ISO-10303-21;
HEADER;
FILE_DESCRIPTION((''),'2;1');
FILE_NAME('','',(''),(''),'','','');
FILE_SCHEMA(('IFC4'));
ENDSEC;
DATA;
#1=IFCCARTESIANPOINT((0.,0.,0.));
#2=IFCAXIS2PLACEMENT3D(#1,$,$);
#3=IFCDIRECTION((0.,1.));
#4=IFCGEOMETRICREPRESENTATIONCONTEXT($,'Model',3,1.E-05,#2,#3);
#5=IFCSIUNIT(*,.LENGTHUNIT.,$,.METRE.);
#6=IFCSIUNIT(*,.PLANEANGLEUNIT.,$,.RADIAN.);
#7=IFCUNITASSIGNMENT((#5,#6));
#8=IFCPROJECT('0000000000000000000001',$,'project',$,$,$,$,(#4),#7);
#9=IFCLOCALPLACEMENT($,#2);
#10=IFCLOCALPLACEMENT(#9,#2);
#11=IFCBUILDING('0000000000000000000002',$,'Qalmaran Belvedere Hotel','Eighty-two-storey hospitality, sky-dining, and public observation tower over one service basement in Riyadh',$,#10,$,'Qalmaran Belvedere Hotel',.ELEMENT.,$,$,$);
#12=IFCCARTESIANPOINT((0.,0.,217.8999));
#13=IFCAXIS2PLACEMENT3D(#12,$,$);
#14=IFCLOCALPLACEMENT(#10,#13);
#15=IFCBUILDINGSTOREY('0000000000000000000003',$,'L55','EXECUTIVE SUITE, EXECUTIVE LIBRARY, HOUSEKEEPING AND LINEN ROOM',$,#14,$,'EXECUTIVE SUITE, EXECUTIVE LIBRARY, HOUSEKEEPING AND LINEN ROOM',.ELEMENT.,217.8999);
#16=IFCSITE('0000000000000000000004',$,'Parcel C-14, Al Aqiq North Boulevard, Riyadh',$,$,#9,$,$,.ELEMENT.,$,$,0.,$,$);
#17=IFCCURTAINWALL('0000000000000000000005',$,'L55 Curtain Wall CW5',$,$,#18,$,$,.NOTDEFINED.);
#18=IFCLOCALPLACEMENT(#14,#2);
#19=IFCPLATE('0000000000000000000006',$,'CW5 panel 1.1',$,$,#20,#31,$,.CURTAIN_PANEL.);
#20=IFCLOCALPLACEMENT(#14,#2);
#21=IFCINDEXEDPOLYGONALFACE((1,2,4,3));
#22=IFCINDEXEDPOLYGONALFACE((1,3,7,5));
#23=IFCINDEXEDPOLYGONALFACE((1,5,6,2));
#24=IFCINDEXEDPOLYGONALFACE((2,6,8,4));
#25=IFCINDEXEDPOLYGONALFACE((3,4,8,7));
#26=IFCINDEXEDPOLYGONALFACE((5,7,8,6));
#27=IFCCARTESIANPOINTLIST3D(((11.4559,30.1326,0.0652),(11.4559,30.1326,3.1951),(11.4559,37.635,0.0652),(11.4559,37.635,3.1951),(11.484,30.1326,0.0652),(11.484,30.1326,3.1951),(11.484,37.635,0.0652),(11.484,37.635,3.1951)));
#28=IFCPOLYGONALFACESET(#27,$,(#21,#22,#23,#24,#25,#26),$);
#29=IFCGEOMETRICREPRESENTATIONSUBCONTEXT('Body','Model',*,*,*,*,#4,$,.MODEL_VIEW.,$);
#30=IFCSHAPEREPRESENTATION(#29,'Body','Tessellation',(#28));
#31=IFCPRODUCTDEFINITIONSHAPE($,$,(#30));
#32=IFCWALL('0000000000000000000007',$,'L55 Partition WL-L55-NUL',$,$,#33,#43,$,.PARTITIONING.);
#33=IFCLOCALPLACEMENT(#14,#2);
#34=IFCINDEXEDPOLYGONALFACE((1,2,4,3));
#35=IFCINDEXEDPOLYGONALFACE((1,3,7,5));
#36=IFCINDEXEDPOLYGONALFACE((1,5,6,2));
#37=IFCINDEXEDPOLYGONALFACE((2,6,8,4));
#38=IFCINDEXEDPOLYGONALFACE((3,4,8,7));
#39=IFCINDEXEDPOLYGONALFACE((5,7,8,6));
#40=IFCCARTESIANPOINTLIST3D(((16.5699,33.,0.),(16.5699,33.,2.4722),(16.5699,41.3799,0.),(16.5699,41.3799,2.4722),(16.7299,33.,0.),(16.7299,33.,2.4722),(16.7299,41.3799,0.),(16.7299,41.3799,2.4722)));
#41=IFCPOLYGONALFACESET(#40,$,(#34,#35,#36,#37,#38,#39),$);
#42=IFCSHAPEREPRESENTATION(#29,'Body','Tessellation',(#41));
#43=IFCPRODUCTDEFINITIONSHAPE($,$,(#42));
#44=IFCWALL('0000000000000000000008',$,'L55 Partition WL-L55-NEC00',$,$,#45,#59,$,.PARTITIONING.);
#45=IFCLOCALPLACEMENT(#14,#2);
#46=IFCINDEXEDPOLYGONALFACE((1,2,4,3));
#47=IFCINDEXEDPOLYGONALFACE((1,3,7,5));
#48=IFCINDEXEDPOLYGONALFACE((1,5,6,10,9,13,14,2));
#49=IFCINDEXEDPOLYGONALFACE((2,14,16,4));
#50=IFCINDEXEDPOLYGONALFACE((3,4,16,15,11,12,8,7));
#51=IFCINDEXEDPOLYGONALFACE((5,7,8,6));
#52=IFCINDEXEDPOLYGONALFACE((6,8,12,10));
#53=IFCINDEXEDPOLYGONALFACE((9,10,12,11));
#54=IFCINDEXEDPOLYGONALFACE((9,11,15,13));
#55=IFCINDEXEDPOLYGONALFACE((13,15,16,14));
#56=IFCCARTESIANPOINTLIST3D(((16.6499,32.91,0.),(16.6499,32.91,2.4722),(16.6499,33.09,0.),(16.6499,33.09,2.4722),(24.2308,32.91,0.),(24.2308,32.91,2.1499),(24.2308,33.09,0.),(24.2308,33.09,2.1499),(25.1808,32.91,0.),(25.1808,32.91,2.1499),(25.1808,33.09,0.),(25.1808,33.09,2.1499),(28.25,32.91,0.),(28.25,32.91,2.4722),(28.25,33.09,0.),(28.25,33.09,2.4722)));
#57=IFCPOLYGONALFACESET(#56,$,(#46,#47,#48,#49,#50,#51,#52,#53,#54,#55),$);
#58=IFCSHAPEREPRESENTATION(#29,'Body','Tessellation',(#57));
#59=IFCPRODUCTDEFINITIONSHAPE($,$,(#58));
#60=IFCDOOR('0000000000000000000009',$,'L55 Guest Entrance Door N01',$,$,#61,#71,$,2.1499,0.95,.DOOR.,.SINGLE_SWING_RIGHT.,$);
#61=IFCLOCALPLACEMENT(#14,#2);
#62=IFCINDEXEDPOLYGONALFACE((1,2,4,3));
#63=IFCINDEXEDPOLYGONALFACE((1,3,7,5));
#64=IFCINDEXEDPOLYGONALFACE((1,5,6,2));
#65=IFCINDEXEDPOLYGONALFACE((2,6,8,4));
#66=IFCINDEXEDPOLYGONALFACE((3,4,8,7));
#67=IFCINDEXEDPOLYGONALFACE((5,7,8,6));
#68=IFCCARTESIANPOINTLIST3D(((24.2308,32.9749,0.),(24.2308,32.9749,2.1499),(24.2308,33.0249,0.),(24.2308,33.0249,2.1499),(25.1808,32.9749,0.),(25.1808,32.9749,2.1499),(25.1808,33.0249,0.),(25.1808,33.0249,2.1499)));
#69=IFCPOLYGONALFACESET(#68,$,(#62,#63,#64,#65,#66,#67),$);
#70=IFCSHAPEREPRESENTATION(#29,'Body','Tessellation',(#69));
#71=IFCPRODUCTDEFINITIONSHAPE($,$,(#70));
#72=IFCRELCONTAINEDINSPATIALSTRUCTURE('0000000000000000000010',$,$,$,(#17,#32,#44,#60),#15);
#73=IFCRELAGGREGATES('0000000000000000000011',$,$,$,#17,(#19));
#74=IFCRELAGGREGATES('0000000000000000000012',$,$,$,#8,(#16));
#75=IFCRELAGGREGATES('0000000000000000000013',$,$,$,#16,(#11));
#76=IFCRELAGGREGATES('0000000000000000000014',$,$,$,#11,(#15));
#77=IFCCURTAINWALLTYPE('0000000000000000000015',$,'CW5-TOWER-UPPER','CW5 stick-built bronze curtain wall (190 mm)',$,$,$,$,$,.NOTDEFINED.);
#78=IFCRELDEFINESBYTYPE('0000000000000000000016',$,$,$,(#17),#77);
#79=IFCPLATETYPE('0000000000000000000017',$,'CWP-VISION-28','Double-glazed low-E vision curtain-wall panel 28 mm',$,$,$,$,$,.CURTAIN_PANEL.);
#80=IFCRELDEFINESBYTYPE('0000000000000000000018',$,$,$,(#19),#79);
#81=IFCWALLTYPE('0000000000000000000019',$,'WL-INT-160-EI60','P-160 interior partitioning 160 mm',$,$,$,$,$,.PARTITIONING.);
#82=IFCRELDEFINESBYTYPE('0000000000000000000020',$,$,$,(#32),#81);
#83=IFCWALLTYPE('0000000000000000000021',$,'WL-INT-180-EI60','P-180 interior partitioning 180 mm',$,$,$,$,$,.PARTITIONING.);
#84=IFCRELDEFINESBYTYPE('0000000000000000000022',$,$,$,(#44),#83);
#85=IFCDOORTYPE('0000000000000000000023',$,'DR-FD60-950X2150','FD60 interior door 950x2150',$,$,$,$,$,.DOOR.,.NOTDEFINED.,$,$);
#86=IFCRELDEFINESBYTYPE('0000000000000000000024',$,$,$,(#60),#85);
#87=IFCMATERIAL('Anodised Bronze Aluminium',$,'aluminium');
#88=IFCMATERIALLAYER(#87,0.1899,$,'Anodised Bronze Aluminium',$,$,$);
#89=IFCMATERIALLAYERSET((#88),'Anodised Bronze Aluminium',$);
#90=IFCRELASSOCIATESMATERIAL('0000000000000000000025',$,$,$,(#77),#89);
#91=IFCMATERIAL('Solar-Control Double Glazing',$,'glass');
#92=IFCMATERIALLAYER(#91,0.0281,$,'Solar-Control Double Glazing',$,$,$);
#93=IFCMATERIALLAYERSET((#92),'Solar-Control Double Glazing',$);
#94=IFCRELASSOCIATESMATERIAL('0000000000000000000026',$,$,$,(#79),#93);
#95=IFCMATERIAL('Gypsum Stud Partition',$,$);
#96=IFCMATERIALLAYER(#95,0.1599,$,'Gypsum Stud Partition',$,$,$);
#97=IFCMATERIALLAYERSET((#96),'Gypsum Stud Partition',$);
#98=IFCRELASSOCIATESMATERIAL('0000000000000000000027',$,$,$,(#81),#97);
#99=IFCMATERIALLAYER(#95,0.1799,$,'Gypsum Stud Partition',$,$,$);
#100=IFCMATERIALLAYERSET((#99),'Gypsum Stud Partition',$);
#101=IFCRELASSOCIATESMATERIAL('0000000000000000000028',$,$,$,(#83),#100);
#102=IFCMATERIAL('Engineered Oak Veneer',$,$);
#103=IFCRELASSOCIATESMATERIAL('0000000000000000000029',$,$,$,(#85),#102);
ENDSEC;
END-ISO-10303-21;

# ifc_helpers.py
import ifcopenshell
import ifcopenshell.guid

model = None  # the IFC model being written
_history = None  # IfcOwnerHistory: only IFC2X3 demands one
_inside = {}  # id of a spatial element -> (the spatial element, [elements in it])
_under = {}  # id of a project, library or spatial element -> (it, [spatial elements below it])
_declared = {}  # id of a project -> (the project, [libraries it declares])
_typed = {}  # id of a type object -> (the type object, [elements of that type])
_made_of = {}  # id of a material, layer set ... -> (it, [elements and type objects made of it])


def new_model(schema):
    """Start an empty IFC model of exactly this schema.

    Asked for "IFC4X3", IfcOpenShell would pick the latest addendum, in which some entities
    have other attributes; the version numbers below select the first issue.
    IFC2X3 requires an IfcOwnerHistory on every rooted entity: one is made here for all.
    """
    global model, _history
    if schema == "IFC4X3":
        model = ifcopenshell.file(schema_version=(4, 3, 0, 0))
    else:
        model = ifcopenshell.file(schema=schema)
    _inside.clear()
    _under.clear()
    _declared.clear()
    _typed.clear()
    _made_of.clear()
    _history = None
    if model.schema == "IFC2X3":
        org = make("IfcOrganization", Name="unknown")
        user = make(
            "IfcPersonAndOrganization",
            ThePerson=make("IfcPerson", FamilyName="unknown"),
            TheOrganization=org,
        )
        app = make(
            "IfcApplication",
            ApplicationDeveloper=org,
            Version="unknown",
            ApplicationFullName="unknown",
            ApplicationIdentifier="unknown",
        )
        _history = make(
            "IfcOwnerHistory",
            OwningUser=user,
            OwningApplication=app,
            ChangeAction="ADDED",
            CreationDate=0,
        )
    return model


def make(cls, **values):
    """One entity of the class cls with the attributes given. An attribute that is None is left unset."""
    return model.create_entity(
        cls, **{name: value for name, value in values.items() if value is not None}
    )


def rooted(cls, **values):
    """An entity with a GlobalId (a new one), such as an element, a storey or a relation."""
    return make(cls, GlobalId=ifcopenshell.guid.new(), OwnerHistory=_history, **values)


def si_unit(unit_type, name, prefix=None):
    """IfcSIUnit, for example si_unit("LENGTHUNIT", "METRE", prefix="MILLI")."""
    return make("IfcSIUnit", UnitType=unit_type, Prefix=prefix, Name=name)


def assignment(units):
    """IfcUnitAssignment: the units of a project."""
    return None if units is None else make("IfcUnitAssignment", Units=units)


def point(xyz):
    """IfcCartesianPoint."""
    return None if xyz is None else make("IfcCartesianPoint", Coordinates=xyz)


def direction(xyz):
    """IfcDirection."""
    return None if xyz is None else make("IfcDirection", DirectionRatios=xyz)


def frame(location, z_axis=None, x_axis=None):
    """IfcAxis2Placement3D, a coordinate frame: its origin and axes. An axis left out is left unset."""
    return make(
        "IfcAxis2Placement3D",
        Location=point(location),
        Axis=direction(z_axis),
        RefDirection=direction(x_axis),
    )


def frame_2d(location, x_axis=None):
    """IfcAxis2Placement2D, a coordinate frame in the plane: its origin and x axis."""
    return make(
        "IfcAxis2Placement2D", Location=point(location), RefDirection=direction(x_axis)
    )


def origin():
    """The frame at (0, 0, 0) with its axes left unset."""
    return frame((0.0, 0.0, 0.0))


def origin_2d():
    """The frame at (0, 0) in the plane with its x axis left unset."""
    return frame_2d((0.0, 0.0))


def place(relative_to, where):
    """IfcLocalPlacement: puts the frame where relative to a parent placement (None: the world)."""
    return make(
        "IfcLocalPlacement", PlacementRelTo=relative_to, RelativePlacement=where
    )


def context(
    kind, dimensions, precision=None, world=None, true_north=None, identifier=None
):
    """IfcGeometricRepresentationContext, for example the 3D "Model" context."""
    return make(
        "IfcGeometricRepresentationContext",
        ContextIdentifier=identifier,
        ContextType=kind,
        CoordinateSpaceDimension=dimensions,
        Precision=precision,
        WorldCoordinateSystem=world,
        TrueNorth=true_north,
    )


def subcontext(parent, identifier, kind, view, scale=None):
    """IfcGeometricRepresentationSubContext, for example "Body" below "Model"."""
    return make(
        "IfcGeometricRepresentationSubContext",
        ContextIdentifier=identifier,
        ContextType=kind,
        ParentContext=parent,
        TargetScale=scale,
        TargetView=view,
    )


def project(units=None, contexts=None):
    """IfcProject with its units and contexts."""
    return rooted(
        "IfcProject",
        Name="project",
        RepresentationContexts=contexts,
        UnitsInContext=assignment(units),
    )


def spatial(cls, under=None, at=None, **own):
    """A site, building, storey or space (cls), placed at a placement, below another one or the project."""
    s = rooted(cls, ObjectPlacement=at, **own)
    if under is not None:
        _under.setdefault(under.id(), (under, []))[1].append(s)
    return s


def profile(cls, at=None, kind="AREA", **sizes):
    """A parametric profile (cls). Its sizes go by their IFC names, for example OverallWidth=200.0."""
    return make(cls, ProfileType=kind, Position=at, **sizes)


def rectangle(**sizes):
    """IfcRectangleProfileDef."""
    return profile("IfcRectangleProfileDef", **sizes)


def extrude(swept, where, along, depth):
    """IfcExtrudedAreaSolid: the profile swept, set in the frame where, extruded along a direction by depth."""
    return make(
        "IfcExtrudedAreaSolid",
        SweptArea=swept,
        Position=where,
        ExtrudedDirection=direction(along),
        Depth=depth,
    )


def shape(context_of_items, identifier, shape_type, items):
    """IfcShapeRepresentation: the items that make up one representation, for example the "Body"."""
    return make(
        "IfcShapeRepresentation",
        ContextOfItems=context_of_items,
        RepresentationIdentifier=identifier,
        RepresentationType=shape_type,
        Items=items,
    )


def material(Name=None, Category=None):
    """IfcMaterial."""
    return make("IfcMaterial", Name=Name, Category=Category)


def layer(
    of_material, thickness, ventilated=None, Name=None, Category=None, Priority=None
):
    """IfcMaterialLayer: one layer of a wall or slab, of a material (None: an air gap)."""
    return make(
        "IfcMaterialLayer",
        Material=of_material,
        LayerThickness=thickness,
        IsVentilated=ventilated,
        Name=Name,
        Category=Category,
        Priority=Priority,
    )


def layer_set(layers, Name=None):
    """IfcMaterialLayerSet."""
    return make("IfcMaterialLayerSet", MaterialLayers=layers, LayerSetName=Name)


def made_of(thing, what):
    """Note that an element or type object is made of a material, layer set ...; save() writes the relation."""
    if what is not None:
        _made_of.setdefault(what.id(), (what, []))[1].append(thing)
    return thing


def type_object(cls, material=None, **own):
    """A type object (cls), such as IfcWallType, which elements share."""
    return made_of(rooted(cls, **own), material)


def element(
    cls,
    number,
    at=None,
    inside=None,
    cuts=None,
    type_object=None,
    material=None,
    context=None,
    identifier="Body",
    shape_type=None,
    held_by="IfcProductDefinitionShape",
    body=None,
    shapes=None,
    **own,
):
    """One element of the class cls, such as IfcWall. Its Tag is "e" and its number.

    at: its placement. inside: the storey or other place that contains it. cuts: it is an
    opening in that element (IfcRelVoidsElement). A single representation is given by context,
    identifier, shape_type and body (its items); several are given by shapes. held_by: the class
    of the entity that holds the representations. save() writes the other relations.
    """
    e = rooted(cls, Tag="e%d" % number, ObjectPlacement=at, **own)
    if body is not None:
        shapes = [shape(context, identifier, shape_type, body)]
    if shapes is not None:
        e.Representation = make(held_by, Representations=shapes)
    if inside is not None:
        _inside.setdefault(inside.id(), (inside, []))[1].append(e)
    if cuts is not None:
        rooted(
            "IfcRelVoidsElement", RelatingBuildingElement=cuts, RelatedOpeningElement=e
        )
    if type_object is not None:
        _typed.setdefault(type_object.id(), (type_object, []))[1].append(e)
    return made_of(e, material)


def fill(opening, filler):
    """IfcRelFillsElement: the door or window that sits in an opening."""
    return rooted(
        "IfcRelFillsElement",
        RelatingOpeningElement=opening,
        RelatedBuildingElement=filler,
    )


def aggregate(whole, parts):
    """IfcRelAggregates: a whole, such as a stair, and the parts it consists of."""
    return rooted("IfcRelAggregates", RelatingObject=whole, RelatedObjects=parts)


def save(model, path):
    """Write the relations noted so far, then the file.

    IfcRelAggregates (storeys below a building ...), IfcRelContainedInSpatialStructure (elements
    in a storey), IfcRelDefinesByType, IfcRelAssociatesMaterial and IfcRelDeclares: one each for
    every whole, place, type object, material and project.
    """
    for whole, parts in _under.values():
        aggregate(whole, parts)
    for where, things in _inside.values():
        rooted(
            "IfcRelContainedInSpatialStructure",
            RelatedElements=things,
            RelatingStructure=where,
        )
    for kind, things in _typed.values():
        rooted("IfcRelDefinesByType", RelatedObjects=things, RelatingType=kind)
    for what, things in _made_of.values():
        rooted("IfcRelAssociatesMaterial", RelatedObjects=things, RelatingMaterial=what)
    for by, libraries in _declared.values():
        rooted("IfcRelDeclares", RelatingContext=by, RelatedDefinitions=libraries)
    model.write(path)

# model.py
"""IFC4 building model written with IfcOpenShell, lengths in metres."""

from ifc_helpers import new_model, si_unit, direction, frame, frame_2d, origin, origin_2d, place, context, subcontext, project, spatial, rectangle, extrude, material, layer, layer_set, type_object, element, fill, aggregate, save


model = new_model("IFC4")

# Units and contexts
model_context = context("Model", 3, precision=1e-05, world=origin(), true_north=direction((0.0, 1.0)))
body_context = subcontext(model_context, "Body", "Model", "MODEL_VIEW")
ifc_project = project(units=[si_unit("LENGTHUNIT", "METRE"), si_unit("PLANEANGLEUNIT", "RADIAN")], contexts=[model_context])

# Site, building, storey
site_placement = place(None, origin())
site = spatial("IfcSite", under=ifc_project, at=site_placement, Name="Parcel C-14, Al Aqiq North Boulevard, Riyadh", CompositionType="ELEMENT", RefElevation=0.0)
building_placement = place(site_placement, origin())
building = spatial("IfcBuilding", under=site, at=building_placement, Name="Qalmaran Belvedere Hotel", Description="Eighty-two-storey hospitality, sky-dining, and public observation tower over one service basement in Riyadh", LongName="Qalmaran Belvedere Hotel", CompositionType="ELEMENT")
storey_placement = place(building_placement, frame((0.0, 0.0, 217.8999)))
storey = spatial("IfcBuildingStorey", under=building, at=storey_placement, Name="L55", Description="EXECUTIVE SUITE, EXECUTIVE LIBRARY, HOUSEKEEPING AND LINEN ROOM", LongName="EXECUTIVE SUITE, EXECUTIVE LIBRARY, HOUSEKEEPING AND LINEN ROOM", CompositionType="ELEMENT", Elevation=217.8999)

# Shared definitions
ifc_material_1 = material(Name="Anodised Bronze Aluminium", Category="aluminium")
ifc_layer_1 = layer(ifc_material_1, 0.1899, Name="Anodised Bronze Aluminium")
ifc_layer_set_1 = layer_set([ifc_layer_1], Name="Anodised Bronze Aluminium")
curtain_wall_type = type_object("IfcCurtainWallType", Name="CW5-TOWER-UPPER", Description="CW5 stick-built bronze curtain wall (190 mm)", PredefinedType="NOTDEFINED", material=ifc_layer_set_1)

# Curtain wall
curtain_wall_1_placement = place(storey_placement, origin())
curtain_wall_1 = element("IfcCurtainWall", 1, at=curtain_wall_1_placement, inside=storey, type_object=curtain_wall_type, Name="L55 Curtain Wall CW5", PredefinedType="NOTDEFINED")

# Plate
ifc_material_2 = material(Name="Solar-Control Double Glazing", Category="glass")
ifc_layer_2 = layer(ifc_material_2, 0.0281, Name="Solar-Control Double Glazing")
ifc_layer_set_2 = layer_set([ifc_layer_2], Name="Solar-Control Double Glazing")
plate_type = type_object("IfcPlateType", Name="CWP-VISION-28", Description="Double-glazed low-E vision curtain-wall panel 28 mm", PredefinedType="CURTAIN_PANEL", material=ifc_layer_set_2)
plate_1_placement = place(storey_placement, frame((11.47, 33.8838, 0.0652), z_axis=(0.0, 0.0, 1.0), x_axis=(0.0, -1.0, 0.0)))
plate_1 = element("IfcPlate", 2, at=plate_1_placement, type_object=plate_type, Name="CW5 panel 1.1", PredefinedType="CURTAIN_PANEL", context=body_context, shape_type="SweptSolid", body=[
    extrude(rectangle(XDim=7.5024, YDim=0.0281, at=origin_2d()), origin(), (0.0, 0.0, 1.0), 3.1299),
])
aggregate(curtain_wall_1, [plate_1])

# Wall
ifc_material_3 = material(Name="Gypsum Stud Partition")
ifc_layer_3 = layer(ifc_material_3, 0.1599, Name="Gypsum Stud Partition")
ifc_layer_set_3 = layer_set([ifc_layer_3], Name="Gypsum Stud Partition")
wall_type_1 = type_object("IfcWallType", Name="WL-INT-160-EI60", Description="P-160 interior partitioning 160 mm", PredefinedType="PARTITIONING", material=ifc_layer_set_3)
wall_1_placement = place(storey_placement, frame((16.6499, 33.0, 0.0), z_axis=(0.0, 0.0, 1.0), x_axis=(0.0, 1.0, 0.0)))
element("IfcWall", 3, at=wall_1_placement, inside=storey, type_object=wall_type_1, Name="L55 Partition WL-L55-NUL", PredefinedType="PARTITIONING", context=body_context, shape_type="SweptSolid", body=[
    extrude(rectangle(XDim=8.3799, YDim=0.1599, at=frame_2d((4.1899, 0.0))), origin(), (0.0, 0.0, 1.0), 2.4722),
])

# Wall, opening, door
ifc_layer_4 = layer(ifc_material_3, 0.1799, Name="Gypsum Stud Partition")
ifc_layer_set_4 = layer_set([ifc_layer_4], Name="Gypsum Stud Partition")
wall_type_2 = type_object("IfcWallType", Name="WL-INT-180-EI60", Description="P-180 interior partitioning 180 mm", PredefinedType="PARTITIONING", material=ifc_layer_set_4)
wall_2_placement = place(storey_placement, frame((16.6499, 33.0, 0.0), z_axis=(0.0, 0.0, 1.0), x_axis=(1.0, 0.0, 0.0)))
wall_2 = element("IfcWall", 4, at=wall_2_placement, inside=storey, type_object=wall_type_2, Name="L55 Partition WL-L55-NEC00", PredefinedType="PARTITIONING", context=body_context, shape_type="SweptSolid", body=[
    extrude(rectangle(XDim=11.6001, YDim=0.1799, at=frame_2d((5.8, 0.0))), origin(), (0.0, 0.0, 1.0), 2.4722),
])
opening_placement = place(wall_2_placement, frame((7.5808, 0.0, 0.0)))
opening = element("IfcOpeningElement", 5, at=opening_placement, cuts=wall_2, PredefinedType="OPENING", context=body_context, shape_type="SweptSolid", body=[
    extrude(rectangle(XDim=0.95, YDim=2.1499, at=frame_2d((0.4751, 1.075))), frame((0.0, 0.1001, 0.0), z_axis=(0.0, -1.0, 0.0), x_axis=(1.0, 0.0, 0.0)), (0.0, 0.0, 1.0), 0.2),
])
ifc_material_4 = material(Name="Engineered Oak Veneer")
door_type = type_object("IfcDoorType", Name="DR-FD60-950X2150", Description="FD60 interior door 950x2150", OperationType="NOTDEFINED", PredefinedType="DOOR", material=ifc_material_4)
door_placement = place(opening_placement, origin())
door = element("IfcDoor", 6, at=door_placement, inside=storey, type_object=door_type, Name="L55 Guest Entrance Door N01", OperationType="SINGLE_SWING_RIGHT", OverallHeight=2.1499, OverallWidth=0.95, PredefinedType="DOOR", context=body_context, shape_type="SweptSolid", body=[
    extrude(rectangle(XDim=0.95, YDim=2.1499, at=frame_2d((0.4751, 1.075))), frame((0.0, 0.0249, 0.0), z_axis=(0.0, -1.0, 0.0), x_axis=(1.0, 0.0, 0.0)), (0.0, 0.0, 1.0), 0.05),
])
fill(opening, door)

save(model, "model.ifc")
